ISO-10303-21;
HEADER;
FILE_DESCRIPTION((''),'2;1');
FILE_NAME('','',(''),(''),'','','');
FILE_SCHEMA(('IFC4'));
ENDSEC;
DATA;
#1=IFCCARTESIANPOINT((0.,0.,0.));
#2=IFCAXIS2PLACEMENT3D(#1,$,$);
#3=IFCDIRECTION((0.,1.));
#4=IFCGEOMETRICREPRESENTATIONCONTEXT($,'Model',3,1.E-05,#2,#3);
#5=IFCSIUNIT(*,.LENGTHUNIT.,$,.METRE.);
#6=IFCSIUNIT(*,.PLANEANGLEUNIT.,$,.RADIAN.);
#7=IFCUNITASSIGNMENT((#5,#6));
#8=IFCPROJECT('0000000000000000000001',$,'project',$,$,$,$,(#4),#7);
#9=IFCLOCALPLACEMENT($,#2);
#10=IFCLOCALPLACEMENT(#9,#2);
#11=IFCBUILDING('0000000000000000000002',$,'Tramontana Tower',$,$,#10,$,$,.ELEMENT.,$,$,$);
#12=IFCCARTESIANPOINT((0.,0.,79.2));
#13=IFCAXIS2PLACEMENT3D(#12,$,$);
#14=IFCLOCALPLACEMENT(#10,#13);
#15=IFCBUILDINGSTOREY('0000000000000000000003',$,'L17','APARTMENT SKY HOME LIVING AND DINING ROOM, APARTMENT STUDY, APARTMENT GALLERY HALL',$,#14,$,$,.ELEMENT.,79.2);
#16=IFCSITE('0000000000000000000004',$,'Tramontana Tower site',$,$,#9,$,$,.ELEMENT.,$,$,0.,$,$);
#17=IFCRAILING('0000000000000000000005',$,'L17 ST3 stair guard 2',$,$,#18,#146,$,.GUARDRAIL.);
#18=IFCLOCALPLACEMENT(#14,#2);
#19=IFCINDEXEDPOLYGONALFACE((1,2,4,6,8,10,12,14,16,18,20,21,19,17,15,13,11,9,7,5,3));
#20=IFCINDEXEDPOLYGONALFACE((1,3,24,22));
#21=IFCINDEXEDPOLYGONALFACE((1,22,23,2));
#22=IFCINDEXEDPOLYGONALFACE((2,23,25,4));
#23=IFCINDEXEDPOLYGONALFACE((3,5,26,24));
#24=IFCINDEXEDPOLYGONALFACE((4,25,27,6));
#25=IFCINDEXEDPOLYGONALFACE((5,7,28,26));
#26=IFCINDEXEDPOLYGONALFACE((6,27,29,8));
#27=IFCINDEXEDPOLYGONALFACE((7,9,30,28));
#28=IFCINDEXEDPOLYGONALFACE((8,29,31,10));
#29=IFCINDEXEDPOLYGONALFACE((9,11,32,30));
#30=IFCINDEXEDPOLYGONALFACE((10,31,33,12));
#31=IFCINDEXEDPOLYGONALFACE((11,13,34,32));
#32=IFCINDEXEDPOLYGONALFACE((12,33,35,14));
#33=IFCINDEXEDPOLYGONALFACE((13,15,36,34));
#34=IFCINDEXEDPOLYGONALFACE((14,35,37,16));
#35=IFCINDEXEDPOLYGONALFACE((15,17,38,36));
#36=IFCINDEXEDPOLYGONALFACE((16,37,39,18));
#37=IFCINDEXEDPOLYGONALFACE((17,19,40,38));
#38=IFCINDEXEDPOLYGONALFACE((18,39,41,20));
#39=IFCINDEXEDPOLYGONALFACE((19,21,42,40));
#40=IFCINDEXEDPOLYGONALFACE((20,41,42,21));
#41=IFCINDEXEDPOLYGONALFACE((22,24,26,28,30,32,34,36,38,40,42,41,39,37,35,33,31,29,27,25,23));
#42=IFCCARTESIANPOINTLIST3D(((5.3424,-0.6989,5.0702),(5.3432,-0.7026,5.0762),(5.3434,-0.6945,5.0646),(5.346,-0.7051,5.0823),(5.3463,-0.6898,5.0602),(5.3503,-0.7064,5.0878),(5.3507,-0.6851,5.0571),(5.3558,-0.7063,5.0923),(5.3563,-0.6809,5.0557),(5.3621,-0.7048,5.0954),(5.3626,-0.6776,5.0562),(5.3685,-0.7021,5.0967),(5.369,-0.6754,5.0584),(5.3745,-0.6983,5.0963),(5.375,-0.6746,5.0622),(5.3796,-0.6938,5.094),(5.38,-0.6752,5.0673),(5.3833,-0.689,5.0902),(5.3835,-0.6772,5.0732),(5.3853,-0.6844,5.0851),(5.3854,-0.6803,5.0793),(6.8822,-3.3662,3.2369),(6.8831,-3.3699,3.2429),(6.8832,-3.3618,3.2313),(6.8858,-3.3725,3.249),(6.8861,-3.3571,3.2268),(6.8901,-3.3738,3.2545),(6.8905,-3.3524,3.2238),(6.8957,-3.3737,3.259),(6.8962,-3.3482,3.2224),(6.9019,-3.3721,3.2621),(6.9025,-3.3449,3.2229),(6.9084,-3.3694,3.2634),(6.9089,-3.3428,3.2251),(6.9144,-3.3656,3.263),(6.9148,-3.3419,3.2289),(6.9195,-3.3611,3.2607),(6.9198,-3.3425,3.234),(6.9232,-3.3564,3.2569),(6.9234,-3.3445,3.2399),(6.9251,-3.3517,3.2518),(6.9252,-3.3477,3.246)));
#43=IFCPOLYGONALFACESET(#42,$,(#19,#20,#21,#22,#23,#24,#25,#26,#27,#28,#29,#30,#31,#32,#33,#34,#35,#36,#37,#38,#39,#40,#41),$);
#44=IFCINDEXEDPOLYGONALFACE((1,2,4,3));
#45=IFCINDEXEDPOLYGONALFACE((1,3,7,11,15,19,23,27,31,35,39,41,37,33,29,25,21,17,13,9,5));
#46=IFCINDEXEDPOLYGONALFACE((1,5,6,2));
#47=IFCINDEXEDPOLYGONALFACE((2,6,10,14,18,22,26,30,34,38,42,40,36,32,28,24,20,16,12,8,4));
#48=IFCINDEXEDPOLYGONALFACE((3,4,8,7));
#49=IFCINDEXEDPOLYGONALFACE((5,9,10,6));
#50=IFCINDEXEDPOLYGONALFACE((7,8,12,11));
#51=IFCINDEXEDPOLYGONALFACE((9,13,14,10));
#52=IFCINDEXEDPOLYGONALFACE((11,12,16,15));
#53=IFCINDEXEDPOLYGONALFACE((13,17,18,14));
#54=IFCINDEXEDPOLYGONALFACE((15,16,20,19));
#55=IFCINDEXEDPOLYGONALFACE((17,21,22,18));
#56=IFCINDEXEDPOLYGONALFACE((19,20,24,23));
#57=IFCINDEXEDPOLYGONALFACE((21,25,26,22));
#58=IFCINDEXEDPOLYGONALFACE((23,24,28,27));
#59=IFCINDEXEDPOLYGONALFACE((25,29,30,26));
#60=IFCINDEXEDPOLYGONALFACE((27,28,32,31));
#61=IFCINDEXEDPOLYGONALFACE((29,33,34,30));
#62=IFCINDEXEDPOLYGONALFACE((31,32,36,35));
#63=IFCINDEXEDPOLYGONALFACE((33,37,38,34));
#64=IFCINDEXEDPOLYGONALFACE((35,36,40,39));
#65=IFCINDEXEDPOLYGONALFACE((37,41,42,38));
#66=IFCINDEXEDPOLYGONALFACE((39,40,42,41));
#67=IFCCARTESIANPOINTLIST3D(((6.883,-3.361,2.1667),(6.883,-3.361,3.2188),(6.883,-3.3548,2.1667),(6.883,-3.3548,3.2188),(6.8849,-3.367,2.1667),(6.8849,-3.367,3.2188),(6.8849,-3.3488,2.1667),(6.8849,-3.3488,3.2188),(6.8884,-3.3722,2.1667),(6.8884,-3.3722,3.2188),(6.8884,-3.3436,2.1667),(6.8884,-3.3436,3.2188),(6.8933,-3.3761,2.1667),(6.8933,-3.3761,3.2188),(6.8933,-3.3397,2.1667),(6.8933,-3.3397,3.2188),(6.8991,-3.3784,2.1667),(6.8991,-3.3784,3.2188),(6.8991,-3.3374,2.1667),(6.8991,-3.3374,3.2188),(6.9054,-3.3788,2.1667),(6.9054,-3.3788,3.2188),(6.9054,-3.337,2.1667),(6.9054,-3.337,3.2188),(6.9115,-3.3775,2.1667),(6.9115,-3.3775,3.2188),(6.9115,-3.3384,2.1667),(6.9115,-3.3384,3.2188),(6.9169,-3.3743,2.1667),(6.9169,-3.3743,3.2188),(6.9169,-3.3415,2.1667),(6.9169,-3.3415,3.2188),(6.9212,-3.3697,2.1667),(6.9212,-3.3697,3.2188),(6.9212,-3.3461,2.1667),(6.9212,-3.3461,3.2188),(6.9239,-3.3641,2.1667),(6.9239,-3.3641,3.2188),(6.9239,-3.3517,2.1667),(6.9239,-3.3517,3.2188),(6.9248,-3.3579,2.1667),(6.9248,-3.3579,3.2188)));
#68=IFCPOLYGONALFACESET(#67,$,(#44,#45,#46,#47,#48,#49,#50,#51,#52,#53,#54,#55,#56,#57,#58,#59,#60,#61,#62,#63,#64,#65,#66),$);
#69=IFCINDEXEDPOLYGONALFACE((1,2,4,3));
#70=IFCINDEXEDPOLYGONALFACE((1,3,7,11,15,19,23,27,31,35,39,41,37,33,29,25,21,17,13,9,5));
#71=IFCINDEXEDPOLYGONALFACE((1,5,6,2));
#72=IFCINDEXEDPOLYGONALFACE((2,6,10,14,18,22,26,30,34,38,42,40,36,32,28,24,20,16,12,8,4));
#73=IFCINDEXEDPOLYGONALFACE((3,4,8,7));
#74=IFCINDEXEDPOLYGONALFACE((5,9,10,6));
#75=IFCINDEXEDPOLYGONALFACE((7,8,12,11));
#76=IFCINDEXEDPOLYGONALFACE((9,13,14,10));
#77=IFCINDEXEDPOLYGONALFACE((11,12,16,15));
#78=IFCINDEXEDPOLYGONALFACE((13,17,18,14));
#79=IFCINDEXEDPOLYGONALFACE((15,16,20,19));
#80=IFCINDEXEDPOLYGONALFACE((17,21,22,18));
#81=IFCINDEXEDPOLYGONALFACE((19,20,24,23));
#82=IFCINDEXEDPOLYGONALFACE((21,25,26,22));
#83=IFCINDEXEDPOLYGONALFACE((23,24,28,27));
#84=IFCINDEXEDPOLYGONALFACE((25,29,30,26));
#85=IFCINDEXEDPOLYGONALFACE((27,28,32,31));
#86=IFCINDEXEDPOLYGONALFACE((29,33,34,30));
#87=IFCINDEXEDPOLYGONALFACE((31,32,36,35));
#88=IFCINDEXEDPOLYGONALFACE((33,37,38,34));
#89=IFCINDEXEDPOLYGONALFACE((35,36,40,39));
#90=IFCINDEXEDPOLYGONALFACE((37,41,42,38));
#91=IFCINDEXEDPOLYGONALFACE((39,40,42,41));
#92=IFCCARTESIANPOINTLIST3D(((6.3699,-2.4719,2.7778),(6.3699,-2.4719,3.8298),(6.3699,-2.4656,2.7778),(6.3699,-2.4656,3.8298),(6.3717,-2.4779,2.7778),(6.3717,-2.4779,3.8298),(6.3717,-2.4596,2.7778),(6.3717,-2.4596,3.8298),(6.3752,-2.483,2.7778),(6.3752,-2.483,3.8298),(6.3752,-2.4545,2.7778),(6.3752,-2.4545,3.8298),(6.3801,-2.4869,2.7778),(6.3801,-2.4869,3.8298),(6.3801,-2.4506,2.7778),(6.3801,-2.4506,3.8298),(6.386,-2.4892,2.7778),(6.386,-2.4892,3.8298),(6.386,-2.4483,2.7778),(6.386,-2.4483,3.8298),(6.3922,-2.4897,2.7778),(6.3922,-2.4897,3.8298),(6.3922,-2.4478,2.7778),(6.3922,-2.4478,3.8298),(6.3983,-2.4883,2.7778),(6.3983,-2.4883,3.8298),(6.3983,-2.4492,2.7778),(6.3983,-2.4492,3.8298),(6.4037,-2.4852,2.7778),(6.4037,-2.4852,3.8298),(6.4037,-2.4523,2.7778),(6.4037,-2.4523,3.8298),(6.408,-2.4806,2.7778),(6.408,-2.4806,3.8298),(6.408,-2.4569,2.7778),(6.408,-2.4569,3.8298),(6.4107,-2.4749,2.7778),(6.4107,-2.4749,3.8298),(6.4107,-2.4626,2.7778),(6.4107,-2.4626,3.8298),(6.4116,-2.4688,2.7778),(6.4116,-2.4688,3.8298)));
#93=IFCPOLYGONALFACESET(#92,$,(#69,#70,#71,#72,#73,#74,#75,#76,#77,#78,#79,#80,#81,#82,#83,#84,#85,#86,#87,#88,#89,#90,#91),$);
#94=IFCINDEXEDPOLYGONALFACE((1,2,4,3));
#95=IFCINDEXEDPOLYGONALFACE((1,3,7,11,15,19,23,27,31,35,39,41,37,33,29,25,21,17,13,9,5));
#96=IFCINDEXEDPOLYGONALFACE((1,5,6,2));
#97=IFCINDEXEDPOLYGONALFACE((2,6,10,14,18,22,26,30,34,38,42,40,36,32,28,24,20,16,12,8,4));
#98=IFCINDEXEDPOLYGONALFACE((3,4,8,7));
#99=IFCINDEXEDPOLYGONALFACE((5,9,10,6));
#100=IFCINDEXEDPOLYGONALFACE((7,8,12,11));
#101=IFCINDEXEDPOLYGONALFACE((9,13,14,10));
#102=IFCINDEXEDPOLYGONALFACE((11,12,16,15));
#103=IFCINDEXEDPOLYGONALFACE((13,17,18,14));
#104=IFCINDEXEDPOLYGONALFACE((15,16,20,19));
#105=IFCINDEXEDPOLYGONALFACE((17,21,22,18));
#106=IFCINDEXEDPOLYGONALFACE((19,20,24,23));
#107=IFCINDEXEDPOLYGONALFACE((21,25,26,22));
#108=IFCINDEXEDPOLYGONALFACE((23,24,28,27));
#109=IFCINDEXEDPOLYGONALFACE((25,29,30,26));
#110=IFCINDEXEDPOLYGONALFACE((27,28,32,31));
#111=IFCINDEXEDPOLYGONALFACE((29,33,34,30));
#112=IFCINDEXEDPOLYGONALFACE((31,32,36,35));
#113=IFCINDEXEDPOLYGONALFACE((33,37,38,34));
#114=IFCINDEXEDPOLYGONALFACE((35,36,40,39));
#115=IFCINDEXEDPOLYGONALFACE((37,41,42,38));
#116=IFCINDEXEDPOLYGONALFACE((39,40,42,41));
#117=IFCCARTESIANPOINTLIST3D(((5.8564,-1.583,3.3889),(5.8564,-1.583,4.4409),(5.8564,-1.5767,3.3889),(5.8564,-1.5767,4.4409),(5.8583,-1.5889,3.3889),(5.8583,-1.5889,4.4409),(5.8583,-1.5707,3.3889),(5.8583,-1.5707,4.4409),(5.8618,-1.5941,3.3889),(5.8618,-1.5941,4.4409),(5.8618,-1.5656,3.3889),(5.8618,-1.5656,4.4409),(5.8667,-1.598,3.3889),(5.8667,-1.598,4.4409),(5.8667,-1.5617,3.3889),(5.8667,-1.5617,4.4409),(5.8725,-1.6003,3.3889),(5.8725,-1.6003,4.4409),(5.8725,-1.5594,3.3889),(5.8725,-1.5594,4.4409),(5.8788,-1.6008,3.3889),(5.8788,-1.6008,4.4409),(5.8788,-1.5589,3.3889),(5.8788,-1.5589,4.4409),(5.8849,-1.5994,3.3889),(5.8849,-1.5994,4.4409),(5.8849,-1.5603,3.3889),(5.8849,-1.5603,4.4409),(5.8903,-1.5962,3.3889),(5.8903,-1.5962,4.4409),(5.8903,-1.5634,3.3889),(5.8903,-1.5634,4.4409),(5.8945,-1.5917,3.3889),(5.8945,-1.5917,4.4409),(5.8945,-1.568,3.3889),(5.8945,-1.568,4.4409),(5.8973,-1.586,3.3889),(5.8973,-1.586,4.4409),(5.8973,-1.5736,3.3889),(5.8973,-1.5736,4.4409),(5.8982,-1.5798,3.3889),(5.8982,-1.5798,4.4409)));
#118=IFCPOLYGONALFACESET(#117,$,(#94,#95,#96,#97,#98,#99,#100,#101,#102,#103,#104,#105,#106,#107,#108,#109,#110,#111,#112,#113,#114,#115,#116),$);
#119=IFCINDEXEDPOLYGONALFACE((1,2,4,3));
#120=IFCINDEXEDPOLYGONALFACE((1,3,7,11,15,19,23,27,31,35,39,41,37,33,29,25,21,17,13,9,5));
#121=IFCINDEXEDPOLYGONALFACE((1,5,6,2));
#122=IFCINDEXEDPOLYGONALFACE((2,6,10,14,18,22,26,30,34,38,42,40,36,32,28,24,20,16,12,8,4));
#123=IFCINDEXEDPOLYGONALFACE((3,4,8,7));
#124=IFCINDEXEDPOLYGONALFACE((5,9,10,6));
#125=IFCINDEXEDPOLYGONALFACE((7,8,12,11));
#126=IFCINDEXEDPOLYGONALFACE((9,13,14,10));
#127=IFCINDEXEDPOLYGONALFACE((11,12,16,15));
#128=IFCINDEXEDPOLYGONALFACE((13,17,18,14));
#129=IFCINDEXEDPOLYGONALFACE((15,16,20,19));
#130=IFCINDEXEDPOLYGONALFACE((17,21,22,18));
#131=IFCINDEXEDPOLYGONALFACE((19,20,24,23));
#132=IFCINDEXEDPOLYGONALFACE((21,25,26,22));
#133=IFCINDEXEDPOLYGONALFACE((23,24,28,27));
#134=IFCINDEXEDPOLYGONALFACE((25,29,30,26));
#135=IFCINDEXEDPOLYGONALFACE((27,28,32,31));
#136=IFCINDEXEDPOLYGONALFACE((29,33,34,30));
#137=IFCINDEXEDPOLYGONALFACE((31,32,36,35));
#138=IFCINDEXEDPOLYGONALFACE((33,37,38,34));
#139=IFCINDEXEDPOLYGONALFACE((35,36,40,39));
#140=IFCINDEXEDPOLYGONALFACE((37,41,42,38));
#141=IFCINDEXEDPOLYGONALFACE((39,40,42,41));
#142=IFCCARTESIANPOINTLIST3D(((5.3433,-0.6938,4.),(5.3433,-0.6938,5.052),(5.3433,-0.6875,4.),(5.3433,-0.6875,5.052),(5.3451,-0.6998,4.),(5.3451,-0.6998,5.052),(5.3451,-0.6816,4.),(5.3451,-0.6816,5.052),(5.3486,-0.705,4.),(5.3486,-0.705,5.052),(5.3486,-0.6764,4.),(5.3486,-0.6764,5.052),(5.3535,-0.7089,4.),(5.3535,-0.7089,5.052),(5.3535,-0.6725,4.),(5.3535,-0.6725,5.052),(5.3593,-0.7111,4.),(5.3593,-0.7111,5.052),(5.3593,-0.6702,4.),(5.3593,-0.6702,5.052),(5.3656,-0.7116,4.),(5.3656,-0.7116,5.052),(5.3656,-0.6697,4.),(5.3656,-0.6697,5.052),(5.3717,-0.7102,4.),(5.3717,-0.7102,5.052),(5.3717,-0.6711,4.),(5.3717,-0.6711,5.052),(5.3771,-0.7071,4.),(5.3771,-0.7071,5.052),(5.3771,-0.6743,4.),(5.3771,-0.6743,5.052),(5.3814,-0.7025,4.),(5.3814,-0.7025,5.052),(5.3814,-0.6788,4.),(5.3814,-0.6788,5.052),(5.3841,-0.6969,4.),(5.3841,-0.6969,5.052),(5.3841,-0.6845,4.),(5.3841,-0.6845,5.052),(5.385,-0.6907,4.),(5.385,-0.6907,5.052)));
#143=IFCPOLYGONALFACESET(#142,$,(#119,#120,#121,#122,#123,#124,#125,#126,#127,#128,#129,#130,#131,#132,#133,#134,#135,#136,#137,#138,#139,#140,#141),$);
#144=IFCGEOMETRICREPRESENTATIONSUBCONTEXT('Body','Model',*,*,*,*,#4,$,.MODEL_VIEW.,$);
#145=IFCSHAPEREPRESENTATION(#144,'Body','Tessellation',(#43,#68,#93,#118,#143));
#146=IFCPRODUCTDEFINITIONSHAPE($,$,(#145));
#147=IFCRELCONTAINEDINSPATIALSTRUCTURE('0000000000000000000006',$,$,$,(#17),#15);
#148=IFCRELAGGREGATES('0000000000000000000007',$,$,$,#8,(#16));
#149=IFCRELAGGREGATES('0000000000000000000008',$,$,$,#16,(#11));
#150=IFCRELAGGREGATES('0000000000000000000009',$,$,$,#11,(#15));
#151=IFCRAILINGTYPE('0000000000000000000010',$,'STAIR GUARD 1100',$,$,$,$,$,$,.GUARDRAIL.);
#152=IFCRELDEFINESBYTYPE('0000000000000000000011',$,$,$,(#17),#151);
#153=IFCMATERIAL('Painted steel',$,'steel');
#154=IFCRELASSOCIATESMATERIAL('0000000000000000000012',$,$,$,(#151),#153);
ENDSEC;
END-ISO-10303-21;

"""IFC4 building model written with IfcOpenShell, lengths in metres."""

from ifc_helpers import new_model, si_unit, direction, frame, origin, origin_2d, place, context, subcontext, project, spatial, circle, extrude, material, type_object, element, save


model = new_model("IFC4")

# Units and contexts
model_context = context("Model", 3, precision=1e-05, world=origin(), true_north=direction((0.0, 1.0)))
body_context = subcontext(model_context, "Body", "Model", "MODEL_VIEW")
ifc_project = project(units=[si_unit("LENGTHUNIT", "METRE"), si_unit("PLANEANGLEUNIT", "RADIAN")], contexts=[model_context])

# Site, building, storey
site_placement = place(None, origin())
site = spatial("IfcSite", under=ifc_project, at=site_placement, Name="Tramontana Tower site", CompositionType="ELEMENT", RefElevation=0.0)
building_placement = place(site_placement, origin())
building = spatial("IfcBuilding", under=site, at=building_placement, Name="Tramontana Tower", CompositionType="ELEMENT")
storey_placement = place(building_placement, frame((0.0, 0.0, 79.2)))
storey = spatial("IfcBuildingStorey", under=building, at=storey_placement, Name="L17", Description="APARTMENT SKY HOME LIVING AND DINING ROOM, APARTMENT STUDY, APARTMENT GALLERY HALL", CompositionType="ELEMENT", Elevation=79.2)

# Railing
ifc_material_1 = material(Name="Painted steel", Category="steel")
railing_type_1 = type_object("IfcRailingType", Name="STAIR GUARD 1100", PredefinedType="GUARDRAIL", material=ifc_material_1)
railing_1_placement = place(storey_placement, frame((6.9038, -3.3579, 2.1667)))
element("IfcRailing", 1, at=railing_1_placement, inside=storey, type_object=railing_type_1, Name="L17 ST3 stair guard 2", PredefinedType="GUARDRAIL", context=body_context, shape_type="SweptSolid", body=[
    extrude(circle(Radius=0.0239, at=origin_2d()), frame((0.0, 0.0, 1.0762), z_axis=(-0.429616, 0.744181, 0.511493), x_axis=(-0.866044, -0.499967, 0.0)), (0.0, 0.0, 1.0), 3.5842),
    extrude(circle(Radius=0.021, at=origin_2d()), origin(), (0.0, 0.0, 1.0), 1.052),
    extrude(circle(Radius=0.021, at=origin_2d()), frame((-0.5132, 0.8892, 0.6111)), (0.0, 0.0, 1.0), 1.052),
    extrude(circle(Radius=0.021, at=origin_2d()), frame((-1.0266, 1.7781, 1.2222)), (0.0, 0.0, 1.0), 1.052),
    extrude(circle(Radius=0.021, at=origin_2d()), frame((-1.5398, 2.6672, 1.8333)), (0.0, 0.0, 1.0), 1.052),
])

save(model, "model.ifc")
